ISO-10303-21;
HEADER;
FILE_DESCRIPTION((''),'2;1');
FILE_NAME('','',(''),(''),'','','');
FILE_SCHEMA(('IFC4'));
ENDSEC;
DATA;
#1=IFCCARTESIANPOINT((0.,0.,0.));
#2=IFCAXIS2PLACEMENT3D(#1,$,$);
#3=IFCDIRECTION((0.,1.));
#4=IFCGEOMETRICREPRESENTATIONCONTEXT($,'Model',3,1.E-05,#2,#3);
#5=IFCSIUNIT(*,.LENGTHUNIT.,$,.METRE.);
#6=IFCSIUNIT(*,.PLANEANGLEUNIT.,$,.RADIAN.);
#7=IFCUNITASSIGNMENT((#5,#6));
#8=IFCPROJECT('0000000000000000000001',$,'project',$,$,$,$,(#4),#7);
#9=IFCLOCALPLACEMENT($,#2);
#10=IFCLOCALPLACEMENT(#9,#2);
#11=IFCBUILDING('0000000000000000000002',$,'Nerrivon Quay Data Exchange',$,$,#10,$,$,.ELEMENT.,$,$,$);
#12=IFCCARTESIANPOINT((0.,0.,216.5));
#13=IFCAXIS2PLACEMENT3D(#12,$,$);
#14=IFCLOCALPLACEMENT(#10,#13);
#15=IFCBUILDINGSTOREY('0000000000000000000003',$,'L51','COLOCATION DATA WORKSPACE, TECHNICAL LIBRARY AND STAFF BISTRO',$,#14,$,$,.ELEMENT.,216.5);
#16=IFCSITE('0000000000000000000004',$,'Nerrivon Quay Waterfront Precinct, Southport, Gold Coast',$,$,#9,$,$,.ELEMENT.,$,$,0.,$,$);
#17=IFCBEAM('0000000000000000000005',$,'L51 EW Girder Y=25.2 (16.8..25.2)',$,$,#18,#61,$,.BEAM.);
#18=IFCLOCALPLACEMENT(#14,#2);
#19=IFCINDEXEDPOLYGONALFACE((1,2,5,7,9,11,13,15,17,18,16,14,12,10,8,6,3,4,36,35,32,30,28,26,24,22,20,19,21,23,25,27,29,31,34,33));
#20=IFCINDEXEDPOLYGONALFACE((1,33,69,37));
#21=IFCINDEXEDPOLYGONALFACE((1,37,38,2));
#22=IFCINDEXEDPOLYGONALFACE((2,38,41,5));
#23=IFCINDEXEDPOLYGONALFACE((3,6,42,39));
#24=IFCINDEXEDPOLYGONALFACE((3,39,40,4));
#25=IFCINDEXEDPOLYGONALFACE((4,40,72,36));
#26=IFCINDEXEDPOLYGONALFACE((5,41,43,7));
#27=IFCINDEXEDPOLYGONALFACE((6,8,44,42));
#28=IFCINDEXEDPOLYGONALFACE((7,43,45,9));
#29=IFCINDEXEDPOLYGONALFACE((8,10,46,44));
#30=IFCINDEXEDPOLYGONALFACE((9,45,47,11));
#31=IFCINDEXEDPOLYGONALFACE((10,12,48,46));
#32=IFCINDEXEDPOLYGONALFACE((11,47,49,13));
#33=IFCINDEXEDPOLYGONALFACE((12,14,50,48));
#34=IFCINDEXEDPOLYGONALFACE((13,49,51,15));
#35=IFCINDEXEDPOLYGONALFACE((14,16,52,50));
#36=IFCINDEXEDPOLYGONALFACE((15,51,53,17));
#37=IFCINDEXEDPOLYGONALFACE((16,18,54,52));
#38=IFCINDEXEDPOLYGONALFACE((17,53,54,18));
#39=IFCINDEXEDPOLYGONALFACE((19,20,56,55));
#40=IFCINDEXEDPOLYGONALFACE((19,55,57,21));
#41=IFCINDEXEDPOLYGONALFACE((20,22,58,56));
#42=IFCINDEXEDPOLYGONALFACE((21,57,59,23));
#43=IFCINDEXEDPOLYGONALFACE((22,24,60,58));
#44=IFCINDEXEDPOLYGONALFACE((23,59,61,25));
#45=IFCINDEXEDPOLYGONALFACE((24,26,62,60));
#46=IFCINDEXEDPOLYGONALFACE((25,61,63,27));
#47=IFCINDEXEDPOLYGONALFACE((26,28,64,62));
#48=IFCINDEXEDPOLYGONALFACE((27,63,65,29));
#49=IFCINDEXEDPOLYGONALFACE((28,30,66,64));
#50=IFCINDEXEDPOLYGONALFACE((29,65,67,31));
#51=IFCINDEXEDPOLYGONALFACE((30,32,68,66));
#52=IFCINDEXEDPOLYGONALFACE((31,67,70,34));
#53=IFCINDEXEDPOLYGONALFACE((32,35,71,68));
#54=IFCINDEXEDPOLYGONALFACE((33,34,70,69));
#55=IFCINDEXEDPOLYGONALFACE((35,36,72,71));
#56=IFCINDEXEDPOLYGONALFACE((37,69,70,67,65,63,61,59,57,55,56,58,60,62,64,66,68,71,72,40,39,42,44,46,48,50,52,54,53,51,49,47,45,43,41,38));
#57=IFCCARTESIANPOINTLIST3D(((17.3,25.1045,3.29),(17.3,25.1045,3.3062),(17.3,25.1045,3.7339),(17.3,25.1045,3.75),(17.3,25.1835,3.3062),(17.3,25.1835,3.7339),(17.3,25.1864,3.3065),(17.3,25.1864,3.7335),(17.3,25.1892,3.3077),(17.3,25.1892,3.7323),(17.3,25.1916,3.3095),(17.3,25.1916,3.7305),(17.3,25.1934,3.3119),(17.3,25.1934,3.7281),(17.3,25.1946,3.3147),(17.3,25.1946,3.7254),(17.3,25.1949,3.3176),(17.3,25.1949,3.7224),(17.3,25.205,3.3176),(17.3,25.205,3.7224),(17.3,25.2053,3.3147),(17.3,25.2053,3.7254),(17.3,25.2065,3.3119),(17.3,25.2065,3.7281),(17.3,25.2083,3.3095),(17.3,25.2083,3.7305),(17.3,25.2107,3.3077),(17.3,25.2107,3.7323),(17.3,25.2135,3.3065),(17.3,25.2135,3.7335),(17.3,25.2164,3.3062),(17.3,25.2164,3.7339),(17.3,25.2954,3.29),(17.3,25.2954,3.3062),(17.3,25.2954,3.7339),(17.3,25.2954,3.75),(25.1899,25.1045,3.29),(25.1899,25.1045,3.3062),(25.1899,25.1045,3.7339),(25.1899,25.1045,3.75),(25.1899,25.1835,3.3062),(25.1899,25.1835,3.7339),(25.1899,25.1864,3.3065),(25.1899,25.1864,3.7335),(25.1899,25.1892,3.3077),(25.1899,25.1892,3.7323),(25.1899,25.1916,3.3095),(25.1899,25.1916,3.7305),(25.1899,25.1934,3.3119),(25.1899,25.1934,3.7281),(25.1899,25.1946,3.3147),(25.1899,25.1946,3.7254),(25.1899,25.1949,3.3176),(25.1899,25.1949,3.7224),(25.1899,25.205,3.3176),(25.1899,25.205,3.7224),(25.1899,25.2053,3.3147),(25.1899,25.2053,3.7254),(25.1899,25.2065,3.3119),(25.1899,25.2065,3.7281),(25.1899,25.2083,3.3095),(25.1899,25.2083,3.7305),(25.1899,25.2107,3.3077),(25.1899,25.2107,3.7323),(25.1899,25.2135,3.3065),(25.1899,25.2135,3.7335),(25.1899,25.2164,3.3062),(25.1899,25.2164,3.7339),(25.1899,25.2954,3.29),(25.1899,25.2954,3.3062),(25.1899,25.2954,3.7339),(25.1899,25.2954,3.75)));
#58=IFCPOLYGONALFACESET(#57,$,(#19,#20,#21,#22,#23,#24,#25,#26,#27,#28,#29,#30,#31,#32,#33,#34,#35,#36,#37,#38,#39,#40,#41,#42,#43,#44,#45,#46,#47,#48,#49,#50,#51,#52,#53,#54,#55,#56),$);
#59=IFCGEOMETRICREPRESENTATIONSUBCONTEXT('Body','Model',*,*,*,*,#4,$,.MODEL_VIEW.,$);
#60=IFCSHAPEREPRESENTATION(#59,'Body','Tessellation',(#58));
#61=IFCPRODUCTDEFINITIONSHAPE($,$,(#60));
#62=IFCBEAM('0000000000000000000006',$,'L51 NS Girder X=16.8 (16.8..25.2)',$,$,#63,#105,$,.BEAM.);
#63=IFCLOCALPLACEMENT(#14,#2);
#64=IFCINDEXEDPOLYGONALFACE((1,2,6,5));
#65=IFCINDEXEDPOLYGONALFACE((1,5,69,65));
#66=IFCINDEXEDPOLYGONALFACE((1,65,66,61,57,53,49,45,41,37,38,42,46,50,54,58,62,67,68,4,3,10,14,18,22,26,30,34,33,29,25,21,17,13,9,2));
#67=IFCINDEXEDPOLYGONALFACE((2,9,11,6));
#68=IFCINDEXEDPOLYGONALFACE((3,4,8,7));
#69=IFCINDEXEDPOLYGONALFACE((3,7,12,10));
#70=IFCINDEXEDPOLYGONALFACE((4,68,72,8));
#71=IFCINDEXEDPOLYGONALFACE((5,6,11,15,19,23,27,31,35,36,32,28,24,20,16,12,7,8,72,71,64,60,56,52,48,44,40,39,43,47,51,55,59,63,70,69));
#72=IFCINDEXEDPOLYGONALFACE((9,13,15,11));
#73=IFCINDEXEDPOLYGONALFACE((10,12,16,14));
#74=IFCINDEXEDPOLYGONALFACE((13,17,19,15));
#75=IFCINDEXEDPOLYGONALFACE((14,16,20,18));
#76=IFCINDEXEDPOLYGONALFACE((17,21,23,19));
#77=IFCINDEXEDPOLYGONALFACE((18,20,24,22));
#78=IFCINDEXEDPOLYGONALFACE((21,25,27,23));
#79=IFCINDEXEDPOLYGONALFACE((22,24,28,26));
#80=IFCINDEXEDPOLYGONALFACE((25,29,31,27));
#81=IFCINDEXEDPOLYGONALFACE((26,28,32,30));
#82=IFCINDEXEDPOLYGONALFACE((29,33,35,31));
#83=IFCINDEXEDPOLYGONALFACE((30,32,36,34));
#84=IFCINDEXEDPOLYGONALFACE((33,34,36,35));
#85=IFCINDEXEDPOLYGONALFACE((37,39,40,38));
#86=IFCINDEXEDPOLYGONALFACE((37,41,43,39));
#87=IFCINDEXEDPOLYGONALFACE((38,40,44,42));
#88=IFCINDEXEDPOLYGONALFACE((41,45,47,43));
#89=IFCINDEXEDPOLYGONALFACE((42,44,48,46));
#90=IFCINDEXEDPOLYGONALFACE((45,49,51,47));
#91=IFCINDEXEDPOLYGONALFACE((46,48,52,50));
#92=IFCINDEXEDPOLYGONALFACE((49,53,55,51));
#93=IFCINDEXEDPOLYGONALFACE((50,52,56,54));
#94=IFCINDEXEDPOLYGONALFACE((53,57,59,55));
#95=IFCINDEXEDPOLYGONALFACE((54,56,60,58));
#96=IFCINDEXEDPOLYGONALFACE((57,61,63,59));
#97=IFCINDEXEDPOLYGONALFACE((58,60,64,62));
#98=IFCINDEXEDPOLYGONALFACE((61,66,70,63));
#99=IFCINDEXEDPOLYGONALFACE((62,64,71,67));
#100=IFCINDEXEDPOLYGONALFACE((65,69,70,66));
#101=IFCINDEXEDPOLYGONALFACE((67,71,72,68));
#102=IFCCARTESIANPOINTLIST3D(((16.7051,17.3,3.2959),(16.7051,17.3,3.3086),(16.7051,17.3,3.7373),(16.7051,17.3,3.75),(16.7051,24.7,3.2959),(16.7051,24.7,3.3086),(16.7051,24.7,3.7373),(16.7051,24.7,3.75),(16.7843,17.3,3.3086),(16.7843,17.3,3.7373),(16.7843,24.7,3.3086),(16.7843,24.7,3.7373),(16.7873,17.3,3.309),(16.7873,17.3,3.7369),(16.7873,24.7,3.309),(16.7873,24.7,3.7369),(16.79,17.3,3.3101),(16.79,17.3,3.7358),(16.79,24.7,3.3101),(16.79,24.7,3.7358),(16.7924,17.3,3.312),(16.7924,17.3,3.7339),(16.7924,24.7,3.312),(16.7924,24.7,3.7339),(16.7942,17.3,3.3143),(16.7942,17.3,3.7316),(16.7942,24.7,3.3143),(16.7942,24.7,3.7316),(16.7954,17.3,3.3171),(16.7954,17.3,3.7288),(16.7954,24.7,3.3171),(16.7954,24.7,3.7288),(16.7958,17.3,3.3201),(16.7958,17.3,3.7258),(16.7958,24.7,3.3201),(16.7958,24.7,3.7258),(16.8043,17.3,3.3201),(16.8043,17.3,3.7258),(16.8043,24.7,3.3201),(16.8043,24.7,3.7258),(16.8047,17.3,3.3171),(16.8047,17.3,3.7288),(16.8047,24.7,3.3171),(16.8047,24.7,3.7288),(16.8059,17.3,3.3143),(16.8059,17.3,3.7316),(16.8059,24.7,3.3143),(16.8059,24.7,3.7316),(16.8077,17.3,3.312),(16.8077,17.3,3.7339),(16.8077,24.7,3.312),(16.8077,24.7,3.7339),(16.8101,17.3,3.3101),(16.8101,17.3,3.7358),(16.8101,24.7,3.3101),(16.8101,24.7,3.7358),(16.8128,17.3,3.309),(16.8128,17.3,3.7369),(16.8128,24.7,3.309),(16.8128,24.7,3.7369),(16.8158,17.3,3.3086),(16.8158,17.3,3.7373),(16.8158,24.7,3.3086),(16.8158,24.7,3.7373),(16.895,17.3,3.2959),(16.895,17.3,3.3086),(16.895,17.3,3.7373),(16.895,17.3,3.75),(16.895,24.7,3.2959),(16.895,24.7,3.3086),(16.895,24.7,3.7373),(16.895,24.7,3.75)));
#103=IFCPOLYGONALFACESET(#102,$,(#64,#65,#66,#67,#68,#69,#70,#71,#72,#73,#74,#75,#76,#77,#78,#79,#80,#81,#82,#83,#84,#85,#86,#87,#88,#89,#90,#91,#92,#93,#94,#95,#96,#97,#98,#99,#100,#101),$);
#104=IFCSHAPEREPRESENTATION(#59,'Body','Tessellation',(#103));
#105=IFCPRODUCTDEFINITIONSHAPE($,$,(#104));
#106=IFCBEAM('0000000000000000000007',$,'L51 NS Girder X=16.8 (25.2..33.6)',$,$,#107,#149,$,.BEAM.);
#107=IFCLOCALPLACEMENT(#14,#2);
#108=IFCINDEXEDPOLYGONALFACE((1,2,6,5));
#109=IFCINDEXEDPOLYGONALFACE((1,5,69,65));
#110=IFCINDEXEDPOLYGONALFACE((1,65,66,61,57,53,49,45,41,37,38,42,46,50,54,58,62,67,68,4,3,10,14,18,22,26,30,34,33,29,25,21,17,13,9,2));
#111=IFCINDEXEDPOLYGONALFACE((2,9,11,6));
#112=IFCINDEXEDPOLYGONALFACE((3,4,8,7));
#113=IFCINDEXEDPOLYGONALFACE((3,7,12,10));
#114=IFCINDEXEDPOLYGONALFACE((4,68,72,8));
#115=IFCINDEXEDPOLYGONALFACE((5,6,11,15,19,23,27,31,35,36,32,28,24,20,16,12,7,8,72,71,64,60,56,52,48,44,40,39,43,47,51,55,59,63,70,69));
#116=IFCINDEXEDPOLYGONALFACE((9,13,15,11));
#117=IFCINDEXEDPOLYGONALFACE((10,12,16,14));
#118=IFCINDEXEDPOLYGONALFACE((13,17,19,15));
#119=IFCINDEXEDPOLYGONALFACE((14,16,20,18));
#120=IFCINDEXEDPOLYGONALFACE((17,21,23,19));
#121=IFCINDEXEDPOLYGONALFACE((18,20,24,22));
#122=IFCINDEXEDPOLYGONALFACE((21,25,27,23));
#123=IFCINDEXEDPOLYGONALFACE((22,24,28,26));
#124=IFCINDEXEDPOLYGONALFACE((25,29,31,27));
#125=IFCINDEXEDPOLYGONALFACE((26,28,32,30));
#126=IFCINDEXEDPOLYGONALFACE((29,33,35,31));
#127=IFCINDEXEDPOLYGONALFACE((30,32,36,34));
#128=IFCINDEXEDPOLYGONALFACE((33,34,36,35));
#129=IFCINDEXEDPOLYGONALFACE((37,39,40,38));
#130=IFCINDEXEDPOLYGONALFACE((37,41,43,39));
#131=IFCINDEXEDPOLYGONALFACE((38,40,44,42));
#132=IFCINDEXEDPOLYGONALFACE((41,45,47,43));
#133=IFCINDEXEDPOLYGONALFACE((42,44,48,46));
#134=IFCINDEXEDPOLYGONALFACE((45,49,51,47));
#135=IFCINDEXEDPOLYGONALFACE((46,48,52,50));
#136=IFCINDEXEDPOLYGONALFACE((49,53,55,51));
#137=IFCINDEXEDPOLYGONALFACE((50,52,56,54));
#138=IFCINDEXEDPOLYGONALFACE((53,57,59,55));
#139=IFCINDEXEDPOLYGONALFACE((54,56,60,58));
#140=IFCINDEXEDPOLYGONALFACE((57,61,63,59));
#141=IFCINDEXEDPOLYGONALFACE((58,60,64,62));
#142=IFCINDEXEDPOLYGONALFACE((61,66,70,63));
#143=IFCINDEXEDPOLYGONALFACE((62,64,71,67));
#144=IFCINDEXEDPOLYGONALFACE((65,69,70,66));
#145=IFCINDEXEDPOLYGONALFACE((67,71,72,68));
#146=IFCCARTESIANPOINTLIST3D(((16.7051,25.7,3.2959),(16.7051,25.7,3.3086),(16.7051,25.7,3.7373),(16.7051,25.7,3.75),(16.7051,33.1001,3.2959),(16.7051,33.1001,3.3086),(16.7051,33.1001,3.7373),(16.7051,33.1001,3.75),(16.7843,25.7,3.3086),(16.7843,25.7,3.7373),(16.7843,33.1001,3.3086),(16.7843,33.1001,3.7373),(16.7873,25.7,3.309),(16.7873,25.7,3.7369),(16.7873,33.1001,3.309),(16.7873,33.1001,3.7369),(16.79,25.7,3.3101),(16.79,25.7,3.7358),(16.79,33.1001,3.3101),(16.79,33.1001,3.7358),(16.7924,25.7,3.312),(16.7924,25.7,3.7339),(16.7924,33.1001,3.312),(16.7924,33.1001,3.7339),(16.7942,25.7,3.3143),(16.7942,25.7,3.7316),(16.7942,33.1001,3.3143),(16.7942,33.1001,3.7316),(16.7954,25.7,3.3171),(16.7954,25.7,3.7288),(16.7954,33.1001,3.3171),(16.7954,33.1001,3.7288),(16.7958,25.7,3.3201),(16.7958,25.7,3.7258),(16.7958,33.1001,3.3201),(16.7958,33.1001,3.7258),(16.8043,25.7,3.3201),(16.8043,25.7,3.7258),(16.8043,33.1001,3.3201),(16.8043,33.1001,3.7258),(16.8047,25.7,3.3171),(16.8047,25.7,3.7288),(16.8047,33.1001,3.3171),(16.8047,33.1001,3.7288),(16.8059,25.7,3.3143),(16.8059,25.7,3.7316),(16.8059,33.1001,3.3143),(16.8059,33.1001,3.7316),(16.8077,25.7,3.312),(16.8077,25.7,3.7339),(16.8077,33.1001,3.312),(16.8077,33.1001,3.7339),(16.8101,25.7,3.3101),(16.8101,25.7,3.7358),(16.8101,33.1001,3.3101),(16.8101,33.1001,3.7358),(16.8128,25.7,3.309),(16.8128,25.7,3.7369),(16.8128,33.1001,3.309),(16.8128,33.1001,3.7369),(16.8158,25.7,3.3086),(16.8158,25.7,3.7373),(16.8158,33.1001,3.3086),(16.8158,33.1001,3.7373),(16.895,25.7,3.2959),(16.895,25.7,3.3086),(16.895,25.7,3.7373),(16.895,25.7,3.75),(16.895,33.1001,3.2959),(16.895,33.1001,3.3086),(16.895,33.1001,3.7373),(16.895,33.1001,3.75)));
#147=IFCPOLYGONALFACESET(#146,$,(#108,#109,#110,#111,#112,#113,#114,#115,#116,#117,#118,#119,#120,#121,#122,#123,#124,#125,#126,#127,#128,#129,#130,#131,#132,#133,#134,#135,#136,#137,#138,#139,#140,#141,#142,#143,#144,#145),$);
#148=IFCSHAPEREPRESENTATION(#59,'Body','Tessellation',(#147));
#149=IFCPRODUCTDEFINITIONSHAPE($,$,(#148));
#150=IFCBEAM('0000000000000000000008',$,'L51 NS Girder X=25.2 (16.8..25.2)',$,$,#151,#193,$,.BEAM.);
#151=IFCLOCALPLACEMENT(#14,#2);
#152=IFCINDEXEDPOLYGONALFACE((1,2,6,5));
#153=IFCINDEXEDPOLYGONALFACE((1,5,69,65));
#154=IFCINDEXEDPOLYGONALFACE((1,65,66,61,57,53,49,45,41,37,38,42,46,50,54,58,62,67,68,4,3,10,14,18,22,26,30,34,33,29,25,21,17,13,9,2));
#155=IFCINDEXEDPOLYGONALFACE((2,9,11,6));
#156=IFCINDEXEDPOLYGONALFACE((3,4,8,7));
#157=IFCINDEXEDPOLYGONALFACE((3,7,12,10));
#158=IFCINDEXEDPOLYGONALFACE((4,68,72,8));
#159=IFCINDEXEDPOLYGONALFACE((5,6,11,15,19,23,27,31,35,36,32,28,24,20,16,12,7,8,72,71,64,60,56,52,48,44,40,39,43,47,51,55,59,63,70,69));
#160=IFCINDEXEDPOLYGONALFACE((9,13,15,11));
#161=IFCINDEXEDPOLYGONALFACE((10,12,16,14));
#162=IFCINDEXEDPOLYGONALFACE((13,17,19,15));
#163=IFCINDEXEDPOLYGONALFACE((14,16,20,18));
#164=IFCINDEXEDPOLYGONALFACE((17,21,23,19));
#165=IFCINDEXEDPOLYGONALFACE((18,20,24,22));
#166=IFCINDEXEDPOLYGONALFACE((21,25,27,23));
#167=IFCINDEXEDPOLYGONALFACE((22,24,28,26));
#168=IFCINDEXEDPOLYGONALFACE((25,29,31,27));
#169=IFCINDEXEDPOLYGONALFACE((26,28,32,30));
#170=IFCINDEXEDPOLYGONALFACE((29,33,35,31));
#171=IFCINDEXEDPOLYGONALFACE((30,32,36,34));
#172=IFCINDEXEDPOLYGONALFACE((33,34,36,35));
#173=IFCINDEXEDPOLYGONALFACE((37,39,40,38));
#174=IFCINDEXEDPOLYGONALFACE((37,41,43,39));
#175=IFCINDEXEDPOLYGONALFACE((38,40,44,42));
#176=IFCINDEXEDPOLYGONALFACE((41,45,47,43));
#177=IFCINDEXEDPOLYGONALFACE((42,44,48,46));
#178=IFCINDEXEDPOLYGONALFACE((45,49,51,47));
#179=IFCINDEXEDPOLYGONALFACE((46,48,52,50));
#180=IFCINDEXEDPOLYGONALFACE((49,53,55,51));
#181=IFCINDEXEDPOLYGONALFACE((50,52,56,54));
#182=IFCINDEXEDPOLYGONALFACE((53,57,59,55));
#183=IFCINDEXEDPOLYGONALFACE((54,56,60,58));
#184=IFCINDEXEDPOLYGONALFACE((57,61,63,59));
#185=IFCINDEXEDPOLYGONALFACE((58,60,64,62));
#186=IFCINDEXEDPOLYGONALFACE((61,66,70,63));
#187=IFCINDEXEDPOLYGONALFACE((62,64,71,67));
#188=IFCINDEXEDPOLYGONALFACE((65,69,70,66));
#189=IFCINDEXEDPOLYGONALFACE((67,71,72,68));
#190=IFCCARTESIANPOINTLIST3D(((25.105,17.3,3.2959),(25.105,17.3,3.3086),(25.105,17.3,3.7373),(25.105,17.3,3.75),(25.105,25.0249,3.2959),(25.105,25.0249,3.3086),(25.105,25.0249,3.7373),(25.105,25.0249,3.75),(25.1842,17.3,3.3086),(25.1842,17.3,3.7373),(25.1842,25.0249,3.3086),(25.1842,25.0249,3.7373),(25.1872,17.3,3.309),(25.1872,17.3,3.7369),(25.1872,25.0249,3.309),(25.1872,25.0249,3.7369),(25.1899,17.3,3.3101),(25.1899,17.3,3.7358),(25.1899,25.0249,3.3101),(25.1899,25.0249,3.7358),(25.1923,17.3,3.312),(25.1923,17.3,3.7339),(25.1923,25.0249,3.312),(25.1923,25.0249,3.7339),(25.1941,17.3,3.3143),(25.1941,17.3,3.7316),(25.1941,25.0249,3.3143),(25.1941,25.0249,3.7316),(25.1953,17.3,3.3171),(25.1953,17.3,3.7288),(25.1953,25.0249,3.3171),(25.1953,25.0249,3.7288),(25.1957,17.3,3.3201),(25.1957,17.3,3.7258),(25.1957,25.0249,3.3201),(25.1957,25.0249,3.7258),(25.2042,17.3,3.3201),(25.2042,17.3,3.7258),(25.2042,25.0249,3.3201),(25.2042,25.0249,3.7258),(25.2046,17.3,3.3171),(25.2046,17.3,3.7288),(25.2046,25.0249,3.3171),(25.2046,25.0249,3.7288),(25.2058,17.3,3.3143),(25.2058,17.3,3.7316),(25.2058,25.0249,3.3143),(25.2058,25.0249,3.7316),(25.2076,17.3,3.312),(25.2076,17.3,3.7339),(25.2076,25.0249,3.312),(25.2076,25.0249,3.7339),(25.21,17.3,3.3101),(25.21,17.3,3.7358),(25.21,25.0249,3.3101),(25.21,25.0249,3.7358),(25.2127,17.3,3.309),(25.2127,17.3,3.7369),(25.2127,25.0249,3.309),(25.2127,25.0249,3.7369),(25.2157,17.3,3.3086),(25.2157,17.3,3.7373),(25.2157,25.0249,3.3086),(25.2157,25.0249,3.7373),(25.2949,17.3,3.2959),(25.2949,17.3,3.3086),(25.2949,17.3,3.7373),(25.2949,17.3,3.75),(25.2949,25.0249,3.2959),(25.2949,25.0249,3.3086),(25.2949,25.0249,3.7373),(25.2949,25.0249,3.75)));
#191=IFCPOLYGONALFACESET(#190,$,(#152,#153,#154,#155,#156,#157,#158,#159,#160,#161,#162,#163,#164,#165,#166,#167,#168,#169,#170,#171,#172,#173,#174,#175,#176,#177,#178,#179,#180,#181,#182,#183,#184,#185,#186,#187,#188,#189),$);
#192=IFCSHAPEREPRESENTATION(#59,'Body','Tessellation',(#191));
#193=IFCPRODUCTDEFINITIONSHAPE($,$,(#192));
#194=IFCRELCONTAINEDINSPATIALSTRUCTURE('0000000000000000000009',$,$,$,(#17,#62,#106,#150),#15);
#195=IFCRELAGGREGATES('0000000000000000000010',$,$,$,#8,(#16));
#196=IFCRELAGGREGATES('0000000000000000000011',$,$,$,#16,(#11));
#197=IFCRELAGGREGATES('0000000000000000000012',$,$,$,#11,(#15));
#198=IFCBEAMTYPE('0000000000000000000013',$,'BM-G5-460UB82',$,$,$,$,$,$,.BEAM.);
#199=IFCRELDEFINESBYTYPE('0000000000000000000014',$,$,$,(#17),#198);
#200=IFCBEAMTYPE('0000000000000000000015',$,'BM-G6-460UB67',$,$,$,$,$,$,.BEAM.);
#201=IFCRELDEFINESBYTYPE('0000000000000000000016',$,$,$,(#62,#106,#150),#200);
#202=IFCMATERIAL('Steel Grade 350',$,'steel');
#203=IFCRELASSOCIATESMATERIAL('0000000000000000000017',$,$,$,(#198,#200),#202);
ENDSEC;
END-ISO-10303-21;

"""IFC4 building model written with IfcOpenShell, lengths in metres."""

from ifc_helpers import new_model, si_unit, direction, frame, origin, origin_2d, place, context, subcontext, project, spatial, i_section, extrude, material, material_profile, profile_set, type_object, element, save


model = new_model("IFC4")

# Units and contexts
model_context = context("Model", 3, precision=1e-05, world=origin(), true_north=direction((0.0, 1.0)))
body_context = subcontext(model_context, "Body", "Model", "MODEL_VIEW")
ifc_project = project(units=[si_unit("LENGTHUNIT", "METRE"), si_unit("PLANEANGLEUNIT", "RADIAN")], contexts=[model_context])

# Site, building, storey
site_placement = place(None, origin())
site = spatial("IfcSite", under=ifc_project, at=site_placement, Name="Nerrivon Quay Waterfront Precinct, Southport, Gold Coast", CompositionType="ELEMENT", RefElevation=0.0)
building_placement = place(site_placement, origin())
building = spatial("IfcBuilding", under=site, at=building_placement, Name="Nerrivon Quay Data Exchange", CompositionType="ELEMENT")
storey_placement = place(building_placement, frame((0.0, 0.0, 216.5)))
storey = spatial("IfcBuildingStorey", under=building, at=storey_placement, Name="L51", Description="COLOCATION DATA WORKSPACE, TECHNICAL LIBRARY AND STAFF BISTRO", CompositionType="ELEMENT", Elevation=216.5)

# Shared definitions
ifc_material_1 = material(Name="Steel Grade 350", Category="steel")

# Beams
ifc_material_profile_1 = material_profile(ifc_material_1, i_section(OverallWidth=0.1909, OverallDepth=0.46, WebThickness=0.01, FlangeThickness=0.0161, FilletRadius=0.0115, at=origin_2d()), Name="460UB82.1")
ifc_profile_set_1 = profile_set([ifc_material_profile_1], Name="Steel Grade 350")
beam_type_1 = type_object("IfcBeamType", Name="BM-G5-460UB82", PredefinedType="BEAM", material=ifc_profile_set_1)
beam_1_placement = place(storey_placement, frame((17.3, 25.2, 3.52), z_axis=(1.0, 0.0, 0.0), x_axis=(0.0, 1.0, 0.0)))
element("IfcBeam", 1, at=beam_1_placement, inside=storey, type_object=beam_type_1, Name="L51 EW Girder Y=25.2 (16.8..25.2)", PredefinedType="BEAM", context=body_context, shape_type="SweptSolid", body=[
    extrude(i_section(OverallWidth=0.1909, OverallDepth=0.46, WebThickness=0.01, FlangeThickness=0.0161, FilletRadius=0.0115, at=origin_2d()), origin(), (0.0, 0.0, 1.0), 7.8899),
])
ifc_material_profile_2 = material_profile(ifc_material_1, i_section(OverallWidth=0.1899, OverallDepth=0.4541, WebThickness=0.0085, FlangeThickness=0.0127, FilletRadius=0.0115, at=origin_2d()), Name="460UB67.1")
ifc_profile_set_2 = profile_set([ifc_material_profile_2], Name="Steel Grade 350")
beam_type_2 = type_object("IfcBeamType", Name="BM-G6-460UB67", PredefinedType="BEAM", material=ifc_profile_set_2)
beam_2_placement = place(storey_placement, frame((16.8, 17.3, 3.5229), z_axis=(0.0, 1.0, 0.0), x_axis=(-1.0, 0.0, 0.0)))
element("IfcBeam", 2, at=beam_2_placement, inside=storey, type_object=beam_type_2, Name="L51 NS Girder X=16.8 (16.8..25.2)", PredefinedType="BEAM", context=body_context, shape_type="SweptSolid", body=[
    extrude(i_section(OverallWidth=0.1899, OverallDepth=0.4541, WebThickness=0.0085, FlangeThickness=0.0127, FilletRadius=0.0115, at=origin_2d()), origin(), (0.0, 0.0, 1.0), 7.3999),
])
beam_3_placement = place(storey_placement, frame((16.8, 25.7, 3.5229), z_axis=(0.0, 1.0, 0.0), x_axis=(-1.0, 0.0, 0.0)))
element("IfcBeam", 3, at=beam_3_placement, inside=storey, type_object=beam_type_2, Name="L51 NS Girder X=16.8 (25.2..33.6)", PredefinedType="BEAM", context=body_context, shape_type="SweptSolid", body=[
    extrude(i_section(OverallWidth=0.1899, OverallDepth=0.4541, WebThickness=0.0085, FlangeThickness=0.0127, FilletRadius=0.0115, at=origin_2d()), origin(), (0.0, 0.0, 1.0), 7.4001),
])
beam_4_placement = place(storey_placement, frame((25.2, 17.3, 3.5229), z_axis=(0.0, 1.0, 0.0), x_axis=(-1.0, 0.0, 0.0)))
element("IfcBeam", 4, at=beam_4_placement, inside=storey, type_object=beam_type_2, Name="L51 NS Girder X=25.2 (16.8..25.2)", PredefinedType="BEAM", context=body_context, shape_type="SweptSolid", body=[
    extrude(i_section(OverallWidth=0.1899, OverallDepth=0.4541, WebThickness=0.0085, FlangeThickness=0.0127, FilletRadius=0.0115, at=origin_2d()), origin(), (0.0, 0.0, 1.0), 7.7249),
])

save(model, "model.ifc")
